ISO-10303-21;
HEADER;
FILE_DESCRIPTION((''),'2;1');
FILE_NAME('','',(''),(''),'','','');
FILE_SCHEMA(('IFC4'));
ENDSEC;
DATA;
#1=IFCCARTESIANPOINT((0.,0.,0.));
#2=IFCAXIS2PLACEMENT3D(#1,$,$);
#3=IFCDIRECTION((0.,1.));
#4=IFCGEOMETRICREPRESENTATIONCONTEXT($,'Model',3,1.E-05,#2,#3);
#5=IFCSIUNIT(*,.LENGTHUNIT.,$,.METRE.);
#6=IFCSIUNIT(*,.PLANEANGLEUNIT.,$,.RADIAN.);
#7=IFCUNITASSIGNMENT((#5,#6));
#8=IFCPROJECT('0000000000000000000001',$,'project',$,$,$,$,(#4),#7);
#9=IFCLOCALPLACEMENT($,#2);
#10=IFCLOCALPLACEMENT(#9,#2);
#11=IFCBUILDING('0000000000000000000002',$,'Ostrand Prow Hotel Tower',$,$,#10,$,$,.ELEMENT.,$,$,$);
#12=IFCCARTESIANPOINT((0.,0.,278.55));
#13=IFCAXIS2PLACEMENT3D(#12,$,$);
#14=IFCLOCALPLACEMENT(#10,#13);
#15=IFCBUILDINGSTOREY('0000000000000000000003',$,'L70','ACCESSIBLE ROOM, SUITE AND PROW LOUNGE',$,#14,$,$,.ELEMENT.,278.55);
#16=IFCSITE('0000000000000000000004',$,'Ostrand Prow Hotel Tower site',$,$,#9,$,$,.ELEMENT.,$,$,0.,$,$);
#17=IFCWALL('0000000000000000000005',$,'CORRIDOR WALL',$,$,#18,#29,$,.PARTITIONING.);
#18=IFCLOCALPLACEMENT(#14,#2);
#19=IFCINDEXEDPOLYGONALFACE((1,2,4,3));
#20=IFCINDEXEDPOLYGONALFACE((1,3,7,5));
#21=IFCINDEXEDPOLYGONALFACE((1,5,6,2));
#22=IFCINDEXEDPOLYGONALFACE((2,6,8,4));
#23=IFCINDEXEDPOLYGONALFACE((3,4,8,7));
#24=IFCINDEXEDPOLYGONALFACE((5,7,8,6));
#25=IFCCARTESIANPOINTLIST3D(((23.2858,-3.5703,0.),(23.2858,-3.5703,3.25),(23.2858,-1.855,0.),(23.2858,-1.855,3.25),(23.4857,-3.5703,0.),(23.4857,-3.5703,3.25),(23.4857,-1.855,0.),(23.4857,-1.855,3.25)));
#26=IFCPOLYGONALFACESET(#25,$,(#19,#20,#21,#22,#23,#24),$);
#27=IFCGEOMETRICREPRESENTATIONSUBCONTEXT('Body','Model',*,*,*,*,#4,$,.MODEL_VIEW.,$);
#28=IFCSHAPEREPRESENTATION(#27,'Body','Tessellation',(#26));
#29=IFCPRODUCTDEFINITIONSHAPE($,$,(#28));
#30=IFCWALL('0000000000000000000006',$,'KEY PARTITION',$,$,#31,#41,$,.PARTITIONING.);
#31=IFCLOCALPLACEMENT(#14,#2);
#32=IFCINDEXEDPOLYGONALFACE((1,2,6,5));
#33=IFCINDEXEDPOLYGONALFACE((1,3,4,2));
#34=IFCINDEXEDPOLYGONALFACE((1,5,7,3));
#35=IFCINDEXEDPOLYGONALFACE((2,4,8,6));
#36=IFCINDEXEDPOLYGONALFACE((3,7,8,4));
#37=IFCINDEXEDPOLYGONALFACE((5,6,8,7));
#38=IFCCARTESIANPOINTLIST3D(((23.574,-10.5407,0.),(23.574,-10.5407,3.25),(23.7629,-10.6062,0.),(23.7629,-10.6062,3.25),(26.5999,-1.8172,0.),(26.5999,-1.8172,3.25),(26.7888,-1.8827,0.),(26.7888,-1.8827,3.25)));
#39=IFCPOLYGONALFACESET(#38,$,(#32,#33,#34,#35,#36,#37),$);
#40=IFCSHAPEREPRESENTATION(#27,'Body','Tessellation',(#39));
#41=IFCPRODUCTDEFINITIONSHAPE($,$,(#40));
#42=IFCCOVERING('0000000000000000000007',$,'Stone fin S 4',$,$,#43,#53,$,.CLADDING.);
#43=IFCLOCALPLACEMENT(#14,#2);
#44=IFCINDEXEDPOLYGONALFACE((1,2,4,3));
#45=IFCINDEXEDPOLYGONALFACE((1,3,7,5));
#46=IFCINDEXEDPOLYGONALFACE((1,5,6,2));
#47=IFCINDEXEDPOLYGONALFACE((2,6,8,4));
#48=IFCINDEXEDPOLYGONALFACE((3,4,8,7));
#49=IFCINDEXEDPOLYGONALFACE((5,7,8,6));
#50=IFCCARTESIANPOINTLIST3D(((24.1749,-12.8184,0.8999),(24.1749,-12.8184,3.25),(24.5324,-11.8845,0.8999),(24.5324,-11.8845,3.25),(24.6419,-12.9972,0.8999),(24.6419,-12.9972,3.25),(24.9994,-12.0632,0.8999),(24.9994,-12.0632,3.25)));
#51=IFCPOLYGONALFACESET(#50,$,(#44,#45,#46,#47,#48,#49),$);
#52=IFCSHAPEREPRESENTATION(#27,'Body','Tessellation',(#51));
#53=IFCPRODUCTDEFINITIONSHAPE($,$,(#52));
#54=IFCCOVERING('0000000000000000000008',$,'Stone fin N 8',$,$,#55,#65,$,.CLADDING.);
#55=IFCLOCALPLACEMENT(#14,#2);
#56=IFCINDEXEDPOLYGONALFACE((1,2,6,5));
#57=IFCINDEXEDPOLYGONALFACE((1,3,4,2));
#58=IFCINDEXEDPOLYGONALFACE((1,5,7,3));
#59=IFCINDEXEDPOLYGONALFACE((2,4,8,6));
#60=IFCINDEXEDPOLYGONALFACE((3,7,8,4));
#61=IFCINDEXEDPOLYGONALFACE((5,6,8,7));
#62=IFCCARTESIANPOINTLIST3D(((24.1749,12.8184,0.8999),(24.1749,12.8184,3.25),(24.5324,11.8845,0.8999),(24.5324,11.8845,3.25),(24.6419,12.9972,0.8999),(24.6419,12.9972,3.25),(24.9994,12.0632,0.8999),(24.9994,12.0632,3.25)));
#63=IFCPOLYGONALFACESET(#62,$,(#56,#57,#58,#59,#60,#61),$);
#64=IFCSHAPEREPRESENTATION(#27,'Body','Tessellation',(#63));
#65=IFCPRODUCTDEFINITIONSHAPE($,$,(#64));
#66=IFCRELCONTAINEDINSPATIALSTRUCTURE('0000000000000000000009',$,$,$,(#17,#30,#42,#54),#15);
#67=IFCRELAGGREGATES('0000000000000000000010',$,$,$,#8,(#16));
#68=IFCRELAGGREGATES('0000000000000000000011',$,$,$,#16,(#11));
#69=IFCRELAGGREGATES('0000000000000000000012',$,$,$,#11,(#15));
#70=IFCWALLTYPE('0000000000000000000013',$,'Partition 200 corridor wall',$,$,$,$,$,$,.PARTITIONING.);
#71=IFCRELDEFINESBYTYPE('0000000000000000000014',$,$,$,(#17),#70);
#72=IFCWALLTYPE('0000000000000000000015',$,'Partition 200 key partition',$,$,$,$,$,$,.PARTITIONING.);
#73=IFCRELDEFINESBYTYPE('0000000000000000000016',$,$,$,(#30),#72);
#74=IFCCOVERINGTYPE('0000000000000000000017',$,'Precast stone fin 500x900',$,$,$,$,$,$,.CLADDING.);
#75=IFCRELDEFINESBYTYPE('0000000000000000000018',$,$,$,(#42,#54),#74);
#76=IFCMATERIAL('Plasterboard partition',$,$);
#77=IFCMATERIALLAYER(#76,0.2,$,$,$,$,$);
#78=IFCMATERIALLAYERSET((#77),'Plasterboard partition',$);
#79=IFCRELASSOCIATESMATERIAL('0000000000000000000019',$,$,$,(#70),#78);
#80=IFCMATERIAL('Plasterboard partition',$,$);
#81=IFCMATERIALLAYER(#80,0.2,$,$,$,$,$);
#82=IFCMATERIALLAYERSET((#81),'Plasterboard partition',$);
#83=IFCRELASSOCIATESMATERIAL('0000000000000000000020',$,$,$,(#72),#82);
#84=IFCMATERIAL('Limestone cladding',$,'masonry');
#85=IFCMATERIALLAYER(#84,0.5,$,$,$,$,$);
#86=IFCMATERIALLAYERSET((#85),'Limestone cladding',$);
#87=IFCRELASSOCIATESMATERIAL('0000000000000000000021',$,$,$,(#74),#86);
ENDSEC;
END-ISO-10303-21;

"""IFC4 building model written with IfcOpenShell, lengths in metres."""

from ifc_helpers import new_model, si_unit, direction, frame, frame_2d, origin, place, context, subcontext, project, spatial, rectangle, extrude, material, layer, layer_set, type_object, element, save


model = new_model("IFC4")

# Units and contexts
model_context = context("Model", 3, precision=1e-05, world=origin(), true_north=direction((0.0, 1.0)))
body_context = subcontext(model_context, "Body", "Model", "MODEL_VIEW")
ifc_project = project(units=[si_unit("LENGTHUNIT", "METRE"), si_unit("PLANEANGLEUNIT", "RADIAN")], contexts=[model_context])

# Site, building, storey
site_placement = place(None, origin())
site = spatial("IfcSite", under=ifc_project, at=site_placement, Name="Ostrand Prow Hotel Tower site", CompositionType="ELEMENT", RefElevation=0.0)
building_placement = place(site_placement, origin())
building = spatial("IfcBuilding", under=site, at=building_placement, Name="Ostrand Prow Hotel Tower", CompositionType="ELEMENT")
storey_placement = place(building_placement, frame((0.0, 0.0, 278.55)))
storey = spatial("IfcBuildingStorey", under=building, at=storey_placement, Name="L70", Description="ACCESSIBLE ROOM, SUITE AND PROW LOUNGE", CompositionType="ELEMENT", Elevation=278.55)

# Walls
ifc_material_1 = material(Name="Plasterboard partition")
ifc_layer_1 = layer(ifc_material_1, 0.2)
ifc_layer_set_1 = layer_set([ifc_layer_1], Name="Plasterboard partition")
wall_type_1 = type_object("IfcWallType", Name="Partition 200 corridor wall", PredefinedType="PARTITIONING", material=ifc_layer_set_1)
wall_1_placement = place(storey_placement, frame((23.3857, -1.855, 0.0), z_axis=(0.0, 0.0, 1.0), x_axis=(0.0, -1.0, 0.0)))
element("IfcWall", 1, at=wall_1_placement, inside=storey, type_object=wall_type_1, Name="CORRIDOR WALL", PredefinedType="PARTITIONING", context=body_context, shape_type="SweptSolid", body=[
    extrude(rectangle(XDim=1.7153, YDim=0.2, at=frame_2d((0.8577, 0.0))), origin(), (0.0, 0.0, 1.0), 3.25),
])
ifc_material_2 = material(Name="Plasterboard partition")
ifc_layer_2 = layer(ifc_material_2, 0.2)
ifc_layer_set_2 = layer_set([ifc_layer_2], Name="Plasterboard partition")
wall_type_2 = type_object("IfcWallType", Name="Partition 200 key partition", PredefinedType="PARTITIONING", material=ifc_layer_set_2)
wall_2_placement = place(storey_placement, frame((23.6685, -10.5735, 0.0), z_axis=(0.0, 0.0, 1.0), x_axis=(0.327714, 0.944777, 0.0)))
element("IfcWall", 2, at=wall_2_placement, inside=storey, type_object=wall_type_2, Name="KEY PARTITION", PredefinedType="PARTITIONING", context=body_context, shape_type="SweptSolid", body=[
    extrude(rectangle(XDim=9.2334, YDim=0.2, at=frame_2d((4.6167, 0.0))), origin(), (0.0, 0.0, 1.0), 3.25),
])

# Coverings
ifc_material_3 = material(Name="Limestone cladding", Category="masonry")
ifc_layer_3 = layer(ifc_material_3, 0.5)
ifc_layer_set_3 = layer_set([ifc_layer_3], Name="Limestone cladding")
covering_type = type_object("IfcCoveringType", Name="Precast stone fin 500x900", PredefinedType="CLADDING", material=ifc_layer_set_3)
for number, where, z_axis, x_axis, name in (
    (3, (24.7659, -11.9739, 0.8999), (0.0, 0.0, 1.0), (-0.357457, -0.93393, 0.0), "Stone fin S 4"),
    (4, (24.7659, 11.9739, 0.8999), (0.0, 0.0, 1.0), (-0.357457, 0.93393, 0.0), "Stone fin N 8"),
):
    element("IfcCovering", number, at=place(storey_placement, frame(where, z_axis=z_axis, x_axis=x_axis)), inside=storey, type_object=covering_type, Name=name, PredefinedType="CLADDING", context=body_context, shape_type="SweptSolid", body=[
        extrude(rectangle(XDim=1.0, YDim=0.5, at=frame_2d((0.5, 0.0))), origin(), (0.0, 0.0, 1.0), 2.3501),
    ])

save(model, "model.ifc")
